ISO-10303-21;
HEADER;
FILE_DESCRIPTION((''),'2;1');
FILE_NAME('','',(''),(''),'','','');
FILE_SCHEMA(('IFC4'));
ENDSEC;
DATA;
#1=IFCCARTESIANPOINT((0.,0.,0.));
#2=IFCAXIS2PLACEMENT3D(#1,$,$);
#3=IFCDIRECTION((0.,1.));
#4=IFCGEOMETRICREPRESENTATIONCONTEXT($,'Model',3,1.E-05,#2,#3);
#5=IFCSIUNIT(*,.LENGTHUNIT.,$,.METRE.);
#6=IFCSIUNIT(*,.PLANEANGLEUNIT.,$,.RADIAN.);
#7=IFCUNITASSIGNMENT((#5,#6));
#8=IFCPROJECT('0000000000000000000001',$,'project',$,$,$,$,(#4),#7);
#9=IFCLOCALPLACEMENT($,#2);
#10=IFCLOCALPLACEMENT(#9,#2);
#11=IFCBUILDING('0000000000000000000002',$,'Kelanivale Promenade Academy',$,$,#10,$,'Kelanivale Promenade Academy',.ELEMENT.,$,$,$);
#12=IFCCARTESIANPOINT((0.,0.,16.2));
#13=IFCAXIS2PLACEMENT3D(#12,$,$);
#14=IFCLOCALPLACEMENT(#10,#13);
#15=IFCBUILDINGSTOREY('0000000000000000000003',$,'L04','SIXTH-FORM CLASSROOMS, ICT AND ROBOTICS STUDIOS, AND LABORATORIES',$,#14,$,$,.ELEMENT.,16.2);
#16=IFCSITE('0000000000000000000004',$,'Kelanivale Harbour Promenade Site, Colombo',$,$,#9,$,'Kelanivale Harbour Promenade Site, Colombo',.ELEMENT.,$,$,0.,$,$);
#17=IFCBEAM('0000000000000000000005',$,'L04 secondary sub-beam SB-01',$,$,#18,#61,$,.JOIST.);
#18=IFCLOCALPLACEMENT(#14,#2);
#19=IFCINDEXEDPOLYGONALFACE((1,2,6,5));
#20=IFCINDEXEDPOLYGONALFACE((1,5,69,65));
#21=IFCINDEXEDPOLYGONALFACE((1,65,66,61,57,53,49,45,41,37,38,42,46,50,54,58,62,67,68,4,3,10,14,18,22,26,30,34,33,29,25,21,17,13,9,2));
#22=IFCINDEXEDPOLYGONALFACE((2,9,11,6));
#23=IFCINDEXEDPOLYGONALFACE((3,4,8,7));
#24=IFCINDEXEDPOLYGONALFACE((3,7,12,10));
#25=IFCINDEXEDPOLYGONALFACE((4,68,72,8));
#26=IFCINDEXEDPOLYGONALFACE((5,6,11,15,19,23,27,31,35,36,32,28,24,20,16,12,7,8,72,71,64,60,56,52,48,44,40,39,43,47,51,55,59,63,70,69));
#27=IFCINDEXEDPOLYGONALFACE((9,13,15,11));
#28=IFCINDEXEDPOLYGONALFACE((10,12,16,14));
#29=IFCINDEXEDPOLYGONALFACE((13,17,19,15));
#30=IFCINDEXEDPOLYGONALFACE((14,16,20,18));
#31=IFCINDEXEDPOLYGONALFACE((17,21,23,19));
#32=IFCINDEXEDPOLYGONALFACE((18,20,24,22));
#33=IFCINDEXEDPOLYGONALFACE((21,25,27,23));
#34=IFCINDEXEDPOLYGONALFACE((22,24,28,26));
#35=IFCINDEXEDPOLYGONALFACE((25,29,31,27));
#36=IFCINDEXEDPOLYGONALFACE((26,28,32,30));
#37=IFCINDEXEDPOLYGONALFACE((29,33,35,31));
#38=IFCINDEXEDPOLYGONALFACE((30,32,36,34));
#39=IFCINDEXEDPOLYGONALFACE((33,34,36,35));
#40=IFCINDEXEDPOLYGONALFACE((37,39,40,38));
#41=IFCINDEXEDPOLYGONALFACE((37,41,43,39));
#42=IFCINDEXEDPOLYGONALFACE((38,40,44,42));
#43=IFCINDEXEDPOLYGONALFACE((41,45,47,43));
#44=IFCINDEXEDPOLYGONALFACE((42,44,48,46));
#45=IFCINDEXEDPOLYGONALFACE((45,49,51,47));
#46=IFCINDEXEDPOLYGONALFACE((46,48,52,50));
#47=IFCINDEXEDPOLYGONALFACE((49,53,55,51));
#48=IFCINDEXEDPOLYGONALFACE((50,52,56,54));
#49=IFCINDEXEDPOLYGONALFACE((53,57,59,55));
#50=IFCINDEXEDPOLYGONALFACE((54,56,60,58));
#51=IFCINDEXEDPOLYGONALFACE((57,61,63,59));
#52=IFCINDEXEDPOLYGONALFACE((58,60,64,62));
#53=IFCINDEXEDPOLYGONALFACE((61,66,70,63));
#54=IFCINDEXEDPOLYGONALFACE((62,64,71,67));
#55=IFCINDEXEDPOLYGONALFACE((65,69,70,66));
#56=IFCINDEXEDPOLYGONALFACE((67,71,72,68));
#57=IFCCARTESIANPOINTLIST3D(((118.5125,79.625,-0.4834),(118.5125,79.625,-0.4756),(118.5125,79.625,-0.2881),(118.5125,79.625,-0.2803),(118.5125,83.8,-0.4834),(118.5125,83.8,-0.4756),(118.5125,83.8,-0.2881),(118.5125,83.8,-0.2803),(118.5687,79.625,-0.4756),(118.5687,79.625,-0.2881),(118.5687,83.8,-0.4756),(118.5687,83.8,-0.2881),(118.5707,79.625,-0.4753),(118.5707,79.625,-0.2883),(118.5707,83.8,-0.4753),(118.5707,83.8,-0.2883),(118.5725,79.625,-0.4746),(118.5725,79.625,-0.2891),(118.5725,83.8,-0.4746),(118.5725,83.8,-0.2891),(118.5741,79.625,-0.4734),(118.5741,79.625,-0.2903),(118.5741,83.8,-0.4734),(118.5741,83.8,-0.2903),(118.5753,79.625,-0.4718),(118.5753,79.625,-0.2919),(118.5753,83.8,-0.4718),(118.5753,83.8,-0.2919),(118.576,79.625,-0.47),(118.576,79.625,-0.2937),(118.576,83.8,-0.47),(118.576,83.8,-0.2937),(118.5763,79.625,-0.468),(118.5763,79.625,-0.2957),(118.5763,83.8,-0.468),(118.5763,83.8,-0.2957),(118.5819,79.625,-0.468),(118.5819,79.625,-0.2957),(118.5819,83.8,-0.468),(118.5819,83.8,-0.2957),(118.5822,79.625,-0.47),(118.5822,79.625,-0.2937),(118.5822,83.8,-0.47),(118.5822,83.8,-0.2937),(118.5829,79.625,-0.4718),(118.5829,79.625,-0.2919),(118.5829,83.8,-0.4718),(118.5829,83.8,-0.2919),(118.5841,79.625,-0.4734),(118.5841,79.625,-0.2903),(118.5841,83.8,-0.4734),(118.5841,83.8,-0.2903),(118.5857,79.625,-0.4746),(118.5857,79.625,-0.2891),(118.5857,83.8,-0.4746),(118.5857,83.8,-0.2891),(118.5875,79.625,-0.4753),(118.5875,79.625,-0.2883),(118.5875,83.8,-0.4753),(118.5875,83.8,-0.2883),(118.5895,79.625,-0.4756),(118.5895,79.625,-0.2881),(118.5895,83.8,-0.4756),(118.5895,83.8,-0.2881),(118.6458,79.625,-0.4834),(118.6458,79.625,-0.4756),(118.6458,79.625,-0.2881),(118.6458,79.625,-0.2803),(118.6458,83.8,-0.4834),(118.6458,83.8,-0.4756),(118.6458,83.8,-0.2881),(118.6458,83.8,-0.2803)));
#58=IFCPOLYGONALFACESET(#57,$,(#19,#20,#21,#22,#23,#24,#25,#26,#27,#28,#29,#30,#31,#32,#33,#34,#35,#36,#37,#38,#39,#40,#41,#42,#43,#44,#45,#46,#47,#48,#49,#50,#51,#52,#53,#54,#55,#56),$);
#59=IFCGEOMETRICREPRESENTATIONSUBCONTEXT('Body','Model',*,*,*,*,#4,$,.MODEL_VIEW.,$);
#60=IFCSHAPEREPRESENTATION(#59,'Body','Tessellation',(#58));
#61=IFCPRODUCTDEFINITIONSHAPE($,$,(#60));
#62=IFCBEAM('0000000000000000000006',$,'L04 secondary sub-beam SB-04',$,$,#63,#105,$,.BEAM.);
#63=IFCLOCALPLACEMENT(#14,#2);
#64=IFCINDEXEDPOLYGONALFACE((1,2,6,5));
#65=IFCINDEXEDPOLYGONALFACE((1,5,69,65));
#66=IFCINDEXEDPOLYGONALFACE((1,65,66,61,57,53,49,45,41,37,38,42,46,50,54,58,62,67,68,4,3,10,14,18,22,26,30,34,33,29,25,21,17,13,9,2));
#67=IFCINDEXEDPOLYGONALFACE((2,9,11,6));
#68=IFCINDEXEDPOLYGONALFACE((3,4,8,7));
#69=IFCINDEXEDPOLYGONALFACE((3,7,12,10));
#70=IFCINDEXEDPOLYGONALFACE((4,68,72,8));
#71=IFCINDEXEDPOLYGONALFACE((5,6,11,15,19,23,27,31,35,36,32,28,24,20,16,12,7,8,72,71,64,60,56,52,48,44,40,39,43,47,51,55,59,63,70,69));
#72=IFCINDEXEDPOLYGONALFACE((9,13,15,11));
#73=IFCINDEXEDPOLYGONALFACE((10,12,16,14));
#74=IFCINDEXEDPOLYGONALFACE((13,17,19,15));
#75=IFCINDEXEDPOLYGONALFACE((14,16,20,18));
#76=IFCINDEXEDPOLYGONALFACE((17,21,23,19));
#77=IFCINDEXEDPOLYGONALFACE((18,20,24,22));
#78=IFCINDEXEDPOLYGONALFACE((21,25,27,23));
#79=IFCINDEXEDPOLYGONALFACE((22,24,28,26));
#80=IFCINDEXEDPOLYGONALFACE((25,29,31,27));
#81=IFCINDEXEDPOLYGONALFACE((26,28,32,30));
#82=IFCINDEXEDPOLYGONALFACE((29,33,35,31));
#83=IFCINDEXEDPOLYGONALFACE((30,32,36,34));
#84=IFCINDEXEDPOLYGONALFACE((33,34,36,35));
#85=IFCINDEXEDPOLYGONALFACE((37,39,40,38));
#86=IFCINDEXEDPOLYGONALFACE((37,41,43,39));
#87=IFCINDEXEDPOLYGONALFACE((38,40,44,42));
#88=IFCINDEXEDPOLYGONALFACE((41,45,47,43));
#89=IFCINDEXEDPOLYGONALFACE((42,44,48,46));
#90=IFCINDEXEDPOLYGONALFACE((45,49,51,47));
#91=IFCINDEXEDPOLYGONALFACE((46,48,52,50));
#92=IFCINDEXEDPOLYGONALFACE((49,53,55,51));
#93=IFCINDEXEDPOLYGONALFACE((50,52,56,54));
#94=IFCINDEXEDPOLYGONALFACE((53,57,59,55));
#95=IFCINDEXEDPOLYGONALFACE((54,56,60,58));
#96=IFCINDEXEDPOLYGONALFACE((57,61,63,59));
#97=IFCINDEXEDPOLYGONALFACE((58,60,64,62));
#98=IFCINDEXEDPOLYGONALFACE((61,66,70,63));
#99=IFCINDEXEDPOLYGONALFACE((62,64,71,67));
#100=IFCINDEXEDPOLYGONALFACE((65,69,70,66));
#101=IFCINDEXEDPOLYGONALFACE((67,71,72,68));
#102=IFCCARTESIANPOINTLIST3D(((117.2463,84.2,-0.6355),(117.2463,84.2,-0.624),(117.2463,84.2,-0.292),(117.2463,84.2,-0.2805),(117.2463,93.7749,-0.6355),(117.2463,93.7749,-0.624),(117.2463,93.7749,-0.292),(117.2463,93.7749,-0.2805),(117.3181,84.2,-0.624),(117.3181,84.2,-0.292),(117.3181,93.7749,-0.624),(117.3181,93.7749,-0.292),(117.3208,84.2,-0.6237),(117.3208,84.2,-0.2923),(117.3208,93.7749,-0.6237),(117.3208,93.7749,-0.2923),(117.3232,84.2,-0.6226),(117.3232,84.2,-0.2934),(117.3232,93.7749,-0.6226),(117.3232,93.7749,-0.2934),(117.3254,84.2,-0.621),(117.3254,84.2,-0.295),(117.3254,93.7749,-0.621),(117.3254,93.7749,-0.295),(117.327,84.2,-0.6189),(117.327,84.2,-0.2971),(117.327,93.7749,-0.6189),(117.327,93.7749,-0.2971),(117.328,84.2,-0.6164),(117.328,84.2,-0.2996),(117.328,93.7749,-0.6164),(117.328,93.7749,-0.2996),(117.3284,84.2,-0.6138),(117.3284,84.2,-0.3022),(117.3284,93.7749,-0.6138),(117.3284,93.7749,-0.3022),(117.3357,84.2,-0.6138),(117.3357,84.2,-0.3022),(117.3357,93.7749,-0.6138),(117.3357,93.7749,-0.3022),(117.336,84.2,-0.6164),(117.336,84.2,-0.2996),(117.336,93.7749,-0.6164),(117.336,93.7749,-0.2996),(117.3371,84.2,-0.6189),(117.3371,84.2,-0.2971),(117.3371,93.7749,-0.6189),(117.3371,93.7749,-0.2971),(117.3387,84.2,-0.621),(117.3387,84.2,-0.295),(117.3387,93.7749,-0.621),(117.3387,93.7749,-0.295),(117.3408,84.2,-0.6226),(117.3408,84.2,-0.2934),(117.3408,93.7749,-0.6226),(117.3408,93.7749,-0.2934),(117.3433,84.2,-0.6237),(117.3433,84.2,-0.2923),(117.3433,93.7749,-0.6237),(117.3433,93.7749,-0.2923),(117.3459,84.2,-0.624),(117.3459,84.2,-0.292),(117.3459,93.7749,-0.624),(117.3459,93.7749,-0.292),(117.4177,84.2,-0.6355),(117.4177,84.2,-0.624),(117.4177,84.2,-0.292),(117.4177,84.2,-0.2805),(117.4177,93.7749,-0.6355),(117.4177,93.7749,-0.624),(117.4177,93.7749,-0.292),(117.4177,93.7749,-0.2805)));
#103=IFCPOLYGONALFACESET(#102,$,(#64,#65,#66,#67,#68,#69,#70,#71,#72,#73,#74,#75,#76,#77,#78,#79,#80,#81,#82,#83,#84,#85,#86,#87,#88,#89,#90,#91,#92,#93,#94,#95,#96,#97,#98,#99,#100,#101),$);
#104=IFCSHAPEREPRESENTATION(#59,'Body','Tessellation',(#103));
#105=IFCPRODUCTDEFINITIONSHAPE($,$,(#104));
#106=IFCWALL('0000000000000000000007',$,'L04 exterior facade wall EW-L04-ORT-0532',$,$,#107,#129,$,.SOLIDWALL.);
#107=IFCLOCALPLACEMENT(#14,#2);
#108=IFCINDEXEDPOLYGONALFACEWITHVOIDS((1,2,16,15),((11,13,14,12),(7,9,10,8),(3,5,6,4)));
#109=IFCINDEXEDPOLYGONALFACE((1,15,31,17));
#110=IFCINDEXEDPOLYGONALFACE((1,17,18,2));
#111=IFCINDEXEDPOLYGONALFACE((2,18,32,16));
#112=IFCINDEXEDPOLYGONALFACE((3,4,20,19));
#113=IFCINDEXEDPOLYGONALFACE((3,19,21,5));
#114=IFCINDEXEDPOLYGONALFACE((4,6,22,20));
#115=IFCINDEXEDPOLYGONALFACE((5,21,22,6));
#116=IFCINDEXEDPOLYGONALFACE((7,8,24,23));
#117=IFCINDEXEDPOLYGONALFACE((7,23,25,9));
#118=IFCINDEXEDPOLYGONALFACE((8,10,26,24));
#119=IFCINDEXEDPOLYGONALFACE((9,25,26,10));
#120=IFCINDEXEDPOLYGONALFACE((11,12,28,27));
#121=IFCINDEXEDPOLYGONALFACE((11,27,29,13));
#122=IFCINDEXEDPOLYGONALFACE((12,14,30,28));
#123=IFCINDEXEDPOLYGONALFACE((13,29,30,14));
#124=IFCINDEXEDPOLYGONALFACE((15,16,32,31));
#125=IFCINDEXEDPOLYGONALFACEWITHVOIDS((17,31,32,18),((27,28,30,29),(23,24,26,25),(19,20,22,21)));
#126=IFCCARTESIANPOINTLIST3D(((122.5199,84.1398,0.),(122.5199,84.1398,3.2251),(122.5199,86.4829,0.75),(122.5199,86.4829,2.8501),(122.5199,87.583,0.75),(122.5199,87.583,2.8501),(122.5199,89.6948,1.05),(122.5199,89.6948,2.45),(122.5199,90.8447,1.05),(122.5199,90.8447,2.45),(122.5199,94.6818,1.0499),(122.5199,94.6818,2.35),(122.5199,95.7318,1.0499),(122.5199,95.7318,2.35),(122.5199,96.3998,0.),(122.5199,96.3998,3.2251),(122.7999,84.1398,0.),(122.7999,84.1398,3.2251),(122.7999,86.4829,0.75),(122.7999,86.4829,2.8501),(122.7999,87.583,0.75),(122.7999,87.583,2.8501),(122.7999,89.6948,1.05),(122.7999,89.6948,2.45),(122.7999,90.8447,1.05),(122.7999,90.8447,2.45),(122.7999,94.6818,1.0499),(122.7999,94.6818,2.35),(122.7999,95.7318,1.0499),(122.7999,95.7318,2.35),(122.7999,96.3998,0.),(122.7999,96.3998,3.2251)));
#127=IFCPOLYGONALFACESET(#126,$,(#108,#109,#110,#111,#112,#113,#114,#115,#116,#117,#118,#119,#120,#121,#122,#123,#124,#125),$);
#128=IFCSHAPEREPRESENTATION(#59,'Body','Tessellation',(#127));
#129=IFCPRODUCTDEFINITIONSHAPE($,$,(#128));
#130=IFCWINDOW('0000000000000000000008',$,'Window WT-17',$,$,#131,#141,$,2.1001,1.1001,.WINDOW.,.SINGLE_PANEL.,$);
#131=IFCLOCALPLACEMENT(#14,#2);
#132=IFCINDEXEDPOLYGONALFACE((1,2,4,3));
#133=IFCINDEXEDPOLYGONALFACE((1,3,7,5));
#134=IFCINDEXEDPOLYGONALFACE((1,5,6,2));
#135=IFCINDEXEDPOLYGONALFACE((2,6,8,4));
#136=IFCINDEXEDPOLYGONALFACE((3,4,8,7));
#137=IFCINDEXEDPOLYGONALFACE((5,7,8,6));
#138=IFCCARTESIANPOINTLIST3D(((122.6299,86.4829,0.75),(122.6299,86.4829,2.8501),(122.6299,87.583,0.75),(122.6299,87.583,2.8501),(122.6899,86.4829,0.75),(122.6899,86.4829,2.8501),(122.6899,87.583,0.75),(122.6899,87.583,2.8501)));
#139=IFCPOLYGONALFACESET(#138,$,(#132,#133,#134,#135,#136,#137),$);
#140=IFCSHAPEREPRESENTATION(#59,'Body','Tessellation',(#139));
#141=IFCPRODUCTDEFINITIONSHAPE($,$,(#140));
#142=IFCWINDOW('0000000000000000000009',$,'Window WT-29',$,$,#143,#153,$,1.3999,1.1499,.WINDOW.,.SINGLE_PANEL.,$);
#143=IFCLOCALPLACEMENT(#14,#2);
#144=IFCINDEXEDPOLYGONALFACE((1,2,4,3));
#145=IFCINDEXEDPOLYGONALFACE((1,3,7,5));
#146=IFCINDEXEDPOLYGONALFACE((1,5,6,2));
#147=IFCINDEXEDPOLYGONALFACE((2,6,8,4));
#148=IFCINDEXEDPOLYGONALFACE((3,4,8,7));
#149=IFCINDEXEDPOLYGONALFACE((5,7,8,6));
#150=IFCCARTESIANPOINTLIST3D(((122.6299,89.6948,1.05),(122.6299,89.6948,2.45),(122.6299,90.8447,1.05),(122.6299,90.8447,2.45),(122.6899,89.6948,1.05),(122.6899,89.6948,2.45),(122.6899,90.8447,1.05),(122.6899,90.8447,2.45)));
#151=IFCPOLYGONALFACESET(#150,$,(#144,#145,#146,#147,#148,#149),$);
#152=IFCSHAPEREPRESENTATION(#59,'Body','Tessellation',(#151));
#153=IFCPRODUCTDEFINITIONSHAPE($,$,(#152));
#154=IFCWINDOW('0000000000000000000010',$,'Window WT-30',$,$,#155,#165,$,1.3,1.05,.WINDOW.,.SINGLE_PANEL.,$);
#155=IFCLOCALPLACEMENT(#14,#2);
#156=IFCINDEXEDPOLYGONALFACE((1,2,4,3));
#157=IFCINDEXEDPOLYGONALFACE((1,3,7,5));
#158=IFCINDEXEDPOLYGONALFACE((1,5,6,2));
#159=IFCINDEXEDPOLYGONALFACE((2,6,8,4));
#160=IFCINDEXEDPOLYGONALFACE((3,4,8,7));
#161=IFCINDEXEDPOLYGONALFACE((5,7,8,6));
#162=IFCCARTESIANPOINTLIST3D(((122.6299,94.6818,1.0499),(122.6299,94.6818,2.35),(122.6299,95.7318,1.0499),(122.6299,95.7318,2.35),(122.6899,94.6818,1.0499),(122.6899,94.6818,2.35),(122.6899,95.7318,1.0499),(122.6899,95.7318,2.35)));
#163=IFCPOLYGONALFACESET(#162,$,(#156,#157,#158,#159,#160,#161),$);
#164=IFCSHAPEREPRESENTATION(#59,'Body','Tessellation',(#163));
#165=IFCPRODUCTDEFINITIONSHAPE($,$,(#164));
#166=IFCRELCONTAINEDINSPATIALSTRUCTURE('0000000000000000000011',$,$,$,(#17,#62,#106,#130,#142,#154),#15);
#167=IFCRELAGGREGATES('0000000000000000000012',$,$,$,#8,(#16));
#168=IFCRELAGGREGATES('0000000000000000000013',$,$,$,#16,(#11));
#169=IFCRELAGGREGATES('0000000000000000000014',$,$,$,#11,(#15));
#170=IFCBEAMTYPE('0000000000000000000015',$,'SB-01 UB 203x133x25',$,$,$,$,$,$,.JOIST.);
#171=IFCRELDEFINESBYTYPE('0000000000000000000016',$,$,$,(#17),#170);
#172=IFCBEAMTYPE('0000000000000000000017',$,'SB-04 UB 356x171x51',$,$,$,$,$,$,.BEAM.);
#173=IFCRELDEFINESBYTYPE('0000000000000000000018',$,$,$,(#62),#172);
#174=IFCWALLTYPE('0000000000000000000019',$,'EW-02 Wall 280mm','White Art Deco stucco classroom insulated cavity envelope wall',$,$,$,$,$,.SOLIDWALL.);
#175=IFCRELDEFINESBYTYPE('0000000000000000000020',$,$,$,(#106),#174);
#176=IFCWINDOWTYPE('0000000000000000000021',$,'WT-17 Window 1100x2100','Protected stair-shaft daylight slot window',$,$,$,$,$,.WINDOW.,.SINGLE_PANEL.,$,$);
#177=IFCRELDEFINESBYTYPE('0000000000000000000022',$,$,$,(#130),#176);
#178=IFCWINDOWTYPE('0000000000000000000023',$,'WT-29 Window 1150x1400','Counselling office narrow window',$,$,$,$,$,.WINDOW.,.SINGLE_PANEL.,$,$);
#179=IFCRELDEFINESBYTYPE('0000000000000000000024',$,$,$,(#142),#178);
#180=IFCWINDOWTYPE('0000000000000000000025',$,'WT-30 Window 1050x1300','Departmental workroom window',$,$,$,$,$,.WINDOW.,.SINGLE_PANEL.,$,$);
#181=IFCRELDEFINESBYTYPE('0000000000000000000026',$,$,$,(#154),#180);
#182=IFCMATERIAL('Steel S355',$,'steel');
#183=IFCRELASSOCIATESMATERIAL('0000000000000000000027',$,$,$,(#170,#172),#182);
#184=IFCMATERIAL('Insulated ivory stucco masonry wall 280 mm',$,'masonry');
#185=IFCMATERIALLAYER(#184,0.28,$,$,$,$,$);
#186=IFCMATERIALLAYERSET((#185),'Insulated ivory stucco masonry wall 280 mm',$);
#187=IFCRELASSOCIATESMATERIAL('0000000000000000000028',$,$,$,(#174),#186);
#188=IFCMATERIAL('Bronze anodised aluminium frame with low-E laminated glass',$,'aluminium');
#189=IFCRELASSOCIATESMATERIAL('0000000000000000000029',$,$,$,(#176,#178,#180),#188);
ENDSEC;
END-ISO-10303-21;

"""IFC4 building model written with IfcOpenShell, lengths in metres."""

from ifc_helpers import new_model, si_unit, direction, frame, frame_2d, origin, origin_2d, place, context, subcontext, project, spatial, rectangle, i_section, extrude, material, layer, layer_set, material_profile, profile_set, type_object, element, fill, save


model = new_model("IFC4")

# Units and contexts
model_context = context("Model", 3, precision=1e-05, world=origin(), true_north=direction((0.0, 1.0)))
body_context = subcontext(model_context, "Body", "Model", "MODEL_VIEW")
ifc_project = project(units=[si_unit("LENGTHUNIT", "METRE"), si_unit("PLANEANGLEUNIT", "RADIAN")], contexts=[model_context])

# Site, building, storey
site_placement = place(None, origin())
site = spatial("IfcSite", under=ifc_project, at=site_placement, Name="Kelanivale Harbour Promenade Site, Colombo", LongName="Kelanivale Harbour Promenade Site, Colombo", CompositionType="ELEMENT", RefElevation=0.0)
building_placement = place(site_placement, origin())
building = spatial("IfcBuilding", under=site, at=building_placement, Name="Kelanivale Promenade Academy", LongName="Kelanivale Promenade Academy", CompositionType="ELEMENT")
storey_placement = place(building_placement, frame((0.0, 0.0, 16.2)))
storey = spatial("IfcBuildingStorey", under=building, at=storey_placement, Name="L04", Description="SIXTH-FORM CLASSROOMS, ICT AND ROBOTICS STUDIOS, AND LABORATORIES", CompositionType="ELEMENT", Elevation=16.2)

# Beams
ifc_material_1 = material(Name="Steel S355", Category="steel")
ifc_material_profile_1 = material_profile(ifc_material_1, i_section(OverallWidth=0.1333, OverallDepth=0.2031, WebThickness=0.0056, FlangeThickness=0.0078, FilletRadius=0.0076, at=origin_2d()), Name="UB 203x133x25")
ifc_profile_set_1 = profile_set([ifc_material_profile_1], Name="Steel S355")
beam_type_1 = type_object("IfcBeamType", Name="SB-01 UB 203x133x25", PredefinedType="JOIST", material=ifc_profile_set_1)
beam_1_placement = place(storey_placement, frame((118.5791, 79.625, -0.3818), z_axis=(0.0, 1.0, 0.0), x_axis=(-1.0, 0.0, 0.0)))
element("IfcBeam", 1, at=beam_1_placement, inside=storey, type_object=beam_type_1, Name="L04 secondary sub-beam SB-01", PredefinedType="JOIST", context=body_context, shape_type="SweptSolid", body=[
    extrude(i_section(OverallWidth=0.1333, OverallDepth=0.2031, WebThickness=0.0056, FlangeThickness=0.0078, FilletRadius=0.0076, at=origin_2d()), origin(), (0.0, 0.0, 1.0), 4.175),
])
ifc_material_profile_2 = material_profile(ifc_material_1, i_section(OverallWidth=0.1714, OverallDepth=0.355, WebThickness=0.0073, FlangeThickness=0.0115, FilletRadius=0.0103, at=origin_2d()), Name="UB 356x171x51")
ifc_profile_set_2 = profile_set([ifc_material_profile_2], Name="Steel S355")
beam_type_2 = type_object("IfcBeamType", Name="SB-04 UB 356x171x51", PredefinedType="BEAM", material=ifc_profile_set_2)
beam_2_placement = place(storey_placement, frame((117.332, 84.2, -0.458), z_axis=(0.0, 1.0, 0.0), x_axis=(-1.0, 0.0, 0.0)))
element("IfcBeam", 2, at=beam_2_placement, inside=storey, type_object=beam_type_2, Name="L04 secondary sub-beam SB-04", PredefinedType="BEAM", context=body_context, shape_type="SweptSolid", body=[
    extrude(i_section(OverallWidth=0.1714, OverallDepth=0.355, WebThickness=0.0073, FlangeThickness=0.0115, FilletRadius=0.0103, at=origin_2d()), origin(), (0.0, 0.0, 1.0), 9.575),
])

# Wall, openings, windows
ifc_material_2 = material(Name="Insulated ivory stucco masonry wall 280 mm", Category="masonry")
ifc_layer_1 = layer(ifc_material_2, 0.28)
ifc_layer_set_1 = layer_set([ifc_layer_1], Name="Insulated ivory stucco masonry wall 280 mm")
wall_type_1 = type_object("IfcWallType", Name="EW-02 Wall 280mm", Description="White Art Deco stucco classroom insulated cavity envelope wall", PredefinedType="SOLIDWALL", material=ifc_layer_set_1)
wall_1_placement = place(storey_placement, frame((122.6599, 84.1399, 0.0), z_axis=(0.0, 0.0, 1.0), x_axis=(0.0, 1.0, 0.0)))
wall_1 = element("IfcWall", 3, at=wall_1_placement, inside=storey, type_object=wall_type_1, Name="L04 exterior facade wall EW-L04-ORT-0532", PredefinedType="SOLIDWALL", context=body_context, shape_type="SweptSolid", body=[
    extrude(rectangle(XDim=12.26, YDim=0.28, at=frame_2d((6.1299, 0.0))), origin(), (0.0, 0.0, 1.0), 3.2251),
])
opening_1_placement = place(wall_1_placement, frame((2.343, 0.0, 0.75)))
opening_1 = element("IfcOpeningElement", 4, at=opening_1_placement, cuts=wall_1, PredefinedType="OPENING", context=body_context, shape_type="SweptSolid", body=[
    extrude(rectangle(XDim=1.1001, YDim=2.1001, at=frame_2d((0.55, 1.05))), frame((0.0, 0.1499, 0.0), z_axis=(0.0, -1.0, 0.0), x_axis=(1.0, 0.0, 0.0)), (0.0, 0.0, 1.0), 0.3),
])
opening_2_placement = place(wall_1_placement, frame((5.5549, 0.0, 1.05)))
opening_2 = element("IfcOpeningElement", 5, at=opening_2_placement, cuts=wall_1, PredefinedType="OPENING", context=body_context, shape_type="SweptSolid", body=[
    extrude(rectangle(XDim=1.1499, YDim=1.3999, at=frame_2d((0.575, 0.7))), frame((0.0, 0.1499, 0.0), z_axis=(0.0, -1.0, 0.0), x_axis=(1.0, 0.0, 0.0)), (0.0, 0.0, 1.0), 0.3),
])
opening_3_placement = place(wall_1_placement, frame((10.542, 0.0, 1.05)))
opening_3 = element("IfcOpeningElement", 6, at=opening_3_placement, cuts=wall_1, PredefinedType="OPENING", context=body_context, shape_type="SweptSolid", body=[
    extrude(rectangle(XDim=1.05, YDim=1.3, at=frame_2d((0.5249, 0.6499))), frame((0.0, 0.1499, 0.0), z_axis=(0.0, -1.0, 0.0), x_axis=(1.0, 0.0, 0.0)), (0.0, 0.0, 1.0), 0.3),
])
ifc_material_3 = material(Name="Bronze anodised aluminium frame with low-E laminated glass", Category="aluminium")
window_type_1 = type_object("IfcWindowType", Name="WT-17 Window 1100x2100", Description="Protected stair-shaft daylight slot window", PartitioningType="SINGLE_PANEL", PredefinedType="WINDOW", material=ifc_material_3)
window_1_placement = place(opening_1_placement, origin())
window_1 = element("IfcWindow", 7, at=window_1_placement, inside=storey, type_object=window_type_1, Name="Window WT-17", OverallHeight=2.1001, OverallWidth=1.1001, PartitioningType="SINGLE_PANEL", PredefinedType="WINDOW", context=body_context, shape_type="SweptSolid", body=[
    extrude(rectangle(XDim=1.1001, YDim=2.1001, at=frame_2d((0.55, 1.05))), frame((0.0, 0.03, 0.0), z_axis=(0.0, -1.0, 0.0), x_axis=(1.0, 0.0, 0.0)), (0.0, 0.0, 1.0), 0.0601),
])
fill(opening_1, window_1)
window_type_2 = type_object("IfcWindowType", Name="WT-29 Window 1150x1400", Description="Counselling office narrow window", PartitioningType="SINGLE_PANEL", PredefinedType="WINDOW", material=ifc_material_3)
window_2_placement = place(opening_2_placement, origin())
window_2 = element("IfcWindow", 8, at=window_2_placement, inside=storey, type_object=window_type_2, Name="Window WT-29", OverallHeight=1.3999, OverallWidth=1.1499, PartitioningType="SINGLE_PANEL", PredefinedType="WINDOW", context=body_context, shape_type="SweptSolid", body=[
    extrude(rectangle(XDim=1.1499, YDim=1.3999, at=frame_2d((0.575, 0.7))), frame((0.0, 0.03, 0.0), z_axis=(0.0, -1.0, 0.0), x_axis=(1.0, 0.0, 0.0)), (0.0, 0.0, 1.0), 0.0601),
])
fill(opening_2, window_2)
window_type_3 = type_object("IfcWindowType", Name="WT-30 Window 1050x1300", Description="Departmental workroom window", PartitioningType="SINGLE_PANEL", PredefinedType="WINDOW", material=ifc_material_3)
window_3_placement = place(opening_3_placement, origin())
window_3 = element("IfcWindow", 9, at=window_3_placement, inside=storey, type_object=window_type_3, Name="Window WT-30", OverallHeight=1.3, OverallWidth=1.05, PartitioningType="SINGLE_PANEL", PredefinedType="WINDOW", context=body_context, shape_type="SweptSolid", body=[
    extrude(rectangle(XDim=1.05, YDim=1.3, at=frame_2d((0.5249, 0.6499))), frame((0.0, 0.03, 0.0), z_axis=(0.0, -1.0, 0.0), x_axis=(1.0, 0.0, 0.0)), (0.0, 0.0, 1.0), 0.0601),
])
fill(opening_3, window_3)

save(model, "model.ifc")
